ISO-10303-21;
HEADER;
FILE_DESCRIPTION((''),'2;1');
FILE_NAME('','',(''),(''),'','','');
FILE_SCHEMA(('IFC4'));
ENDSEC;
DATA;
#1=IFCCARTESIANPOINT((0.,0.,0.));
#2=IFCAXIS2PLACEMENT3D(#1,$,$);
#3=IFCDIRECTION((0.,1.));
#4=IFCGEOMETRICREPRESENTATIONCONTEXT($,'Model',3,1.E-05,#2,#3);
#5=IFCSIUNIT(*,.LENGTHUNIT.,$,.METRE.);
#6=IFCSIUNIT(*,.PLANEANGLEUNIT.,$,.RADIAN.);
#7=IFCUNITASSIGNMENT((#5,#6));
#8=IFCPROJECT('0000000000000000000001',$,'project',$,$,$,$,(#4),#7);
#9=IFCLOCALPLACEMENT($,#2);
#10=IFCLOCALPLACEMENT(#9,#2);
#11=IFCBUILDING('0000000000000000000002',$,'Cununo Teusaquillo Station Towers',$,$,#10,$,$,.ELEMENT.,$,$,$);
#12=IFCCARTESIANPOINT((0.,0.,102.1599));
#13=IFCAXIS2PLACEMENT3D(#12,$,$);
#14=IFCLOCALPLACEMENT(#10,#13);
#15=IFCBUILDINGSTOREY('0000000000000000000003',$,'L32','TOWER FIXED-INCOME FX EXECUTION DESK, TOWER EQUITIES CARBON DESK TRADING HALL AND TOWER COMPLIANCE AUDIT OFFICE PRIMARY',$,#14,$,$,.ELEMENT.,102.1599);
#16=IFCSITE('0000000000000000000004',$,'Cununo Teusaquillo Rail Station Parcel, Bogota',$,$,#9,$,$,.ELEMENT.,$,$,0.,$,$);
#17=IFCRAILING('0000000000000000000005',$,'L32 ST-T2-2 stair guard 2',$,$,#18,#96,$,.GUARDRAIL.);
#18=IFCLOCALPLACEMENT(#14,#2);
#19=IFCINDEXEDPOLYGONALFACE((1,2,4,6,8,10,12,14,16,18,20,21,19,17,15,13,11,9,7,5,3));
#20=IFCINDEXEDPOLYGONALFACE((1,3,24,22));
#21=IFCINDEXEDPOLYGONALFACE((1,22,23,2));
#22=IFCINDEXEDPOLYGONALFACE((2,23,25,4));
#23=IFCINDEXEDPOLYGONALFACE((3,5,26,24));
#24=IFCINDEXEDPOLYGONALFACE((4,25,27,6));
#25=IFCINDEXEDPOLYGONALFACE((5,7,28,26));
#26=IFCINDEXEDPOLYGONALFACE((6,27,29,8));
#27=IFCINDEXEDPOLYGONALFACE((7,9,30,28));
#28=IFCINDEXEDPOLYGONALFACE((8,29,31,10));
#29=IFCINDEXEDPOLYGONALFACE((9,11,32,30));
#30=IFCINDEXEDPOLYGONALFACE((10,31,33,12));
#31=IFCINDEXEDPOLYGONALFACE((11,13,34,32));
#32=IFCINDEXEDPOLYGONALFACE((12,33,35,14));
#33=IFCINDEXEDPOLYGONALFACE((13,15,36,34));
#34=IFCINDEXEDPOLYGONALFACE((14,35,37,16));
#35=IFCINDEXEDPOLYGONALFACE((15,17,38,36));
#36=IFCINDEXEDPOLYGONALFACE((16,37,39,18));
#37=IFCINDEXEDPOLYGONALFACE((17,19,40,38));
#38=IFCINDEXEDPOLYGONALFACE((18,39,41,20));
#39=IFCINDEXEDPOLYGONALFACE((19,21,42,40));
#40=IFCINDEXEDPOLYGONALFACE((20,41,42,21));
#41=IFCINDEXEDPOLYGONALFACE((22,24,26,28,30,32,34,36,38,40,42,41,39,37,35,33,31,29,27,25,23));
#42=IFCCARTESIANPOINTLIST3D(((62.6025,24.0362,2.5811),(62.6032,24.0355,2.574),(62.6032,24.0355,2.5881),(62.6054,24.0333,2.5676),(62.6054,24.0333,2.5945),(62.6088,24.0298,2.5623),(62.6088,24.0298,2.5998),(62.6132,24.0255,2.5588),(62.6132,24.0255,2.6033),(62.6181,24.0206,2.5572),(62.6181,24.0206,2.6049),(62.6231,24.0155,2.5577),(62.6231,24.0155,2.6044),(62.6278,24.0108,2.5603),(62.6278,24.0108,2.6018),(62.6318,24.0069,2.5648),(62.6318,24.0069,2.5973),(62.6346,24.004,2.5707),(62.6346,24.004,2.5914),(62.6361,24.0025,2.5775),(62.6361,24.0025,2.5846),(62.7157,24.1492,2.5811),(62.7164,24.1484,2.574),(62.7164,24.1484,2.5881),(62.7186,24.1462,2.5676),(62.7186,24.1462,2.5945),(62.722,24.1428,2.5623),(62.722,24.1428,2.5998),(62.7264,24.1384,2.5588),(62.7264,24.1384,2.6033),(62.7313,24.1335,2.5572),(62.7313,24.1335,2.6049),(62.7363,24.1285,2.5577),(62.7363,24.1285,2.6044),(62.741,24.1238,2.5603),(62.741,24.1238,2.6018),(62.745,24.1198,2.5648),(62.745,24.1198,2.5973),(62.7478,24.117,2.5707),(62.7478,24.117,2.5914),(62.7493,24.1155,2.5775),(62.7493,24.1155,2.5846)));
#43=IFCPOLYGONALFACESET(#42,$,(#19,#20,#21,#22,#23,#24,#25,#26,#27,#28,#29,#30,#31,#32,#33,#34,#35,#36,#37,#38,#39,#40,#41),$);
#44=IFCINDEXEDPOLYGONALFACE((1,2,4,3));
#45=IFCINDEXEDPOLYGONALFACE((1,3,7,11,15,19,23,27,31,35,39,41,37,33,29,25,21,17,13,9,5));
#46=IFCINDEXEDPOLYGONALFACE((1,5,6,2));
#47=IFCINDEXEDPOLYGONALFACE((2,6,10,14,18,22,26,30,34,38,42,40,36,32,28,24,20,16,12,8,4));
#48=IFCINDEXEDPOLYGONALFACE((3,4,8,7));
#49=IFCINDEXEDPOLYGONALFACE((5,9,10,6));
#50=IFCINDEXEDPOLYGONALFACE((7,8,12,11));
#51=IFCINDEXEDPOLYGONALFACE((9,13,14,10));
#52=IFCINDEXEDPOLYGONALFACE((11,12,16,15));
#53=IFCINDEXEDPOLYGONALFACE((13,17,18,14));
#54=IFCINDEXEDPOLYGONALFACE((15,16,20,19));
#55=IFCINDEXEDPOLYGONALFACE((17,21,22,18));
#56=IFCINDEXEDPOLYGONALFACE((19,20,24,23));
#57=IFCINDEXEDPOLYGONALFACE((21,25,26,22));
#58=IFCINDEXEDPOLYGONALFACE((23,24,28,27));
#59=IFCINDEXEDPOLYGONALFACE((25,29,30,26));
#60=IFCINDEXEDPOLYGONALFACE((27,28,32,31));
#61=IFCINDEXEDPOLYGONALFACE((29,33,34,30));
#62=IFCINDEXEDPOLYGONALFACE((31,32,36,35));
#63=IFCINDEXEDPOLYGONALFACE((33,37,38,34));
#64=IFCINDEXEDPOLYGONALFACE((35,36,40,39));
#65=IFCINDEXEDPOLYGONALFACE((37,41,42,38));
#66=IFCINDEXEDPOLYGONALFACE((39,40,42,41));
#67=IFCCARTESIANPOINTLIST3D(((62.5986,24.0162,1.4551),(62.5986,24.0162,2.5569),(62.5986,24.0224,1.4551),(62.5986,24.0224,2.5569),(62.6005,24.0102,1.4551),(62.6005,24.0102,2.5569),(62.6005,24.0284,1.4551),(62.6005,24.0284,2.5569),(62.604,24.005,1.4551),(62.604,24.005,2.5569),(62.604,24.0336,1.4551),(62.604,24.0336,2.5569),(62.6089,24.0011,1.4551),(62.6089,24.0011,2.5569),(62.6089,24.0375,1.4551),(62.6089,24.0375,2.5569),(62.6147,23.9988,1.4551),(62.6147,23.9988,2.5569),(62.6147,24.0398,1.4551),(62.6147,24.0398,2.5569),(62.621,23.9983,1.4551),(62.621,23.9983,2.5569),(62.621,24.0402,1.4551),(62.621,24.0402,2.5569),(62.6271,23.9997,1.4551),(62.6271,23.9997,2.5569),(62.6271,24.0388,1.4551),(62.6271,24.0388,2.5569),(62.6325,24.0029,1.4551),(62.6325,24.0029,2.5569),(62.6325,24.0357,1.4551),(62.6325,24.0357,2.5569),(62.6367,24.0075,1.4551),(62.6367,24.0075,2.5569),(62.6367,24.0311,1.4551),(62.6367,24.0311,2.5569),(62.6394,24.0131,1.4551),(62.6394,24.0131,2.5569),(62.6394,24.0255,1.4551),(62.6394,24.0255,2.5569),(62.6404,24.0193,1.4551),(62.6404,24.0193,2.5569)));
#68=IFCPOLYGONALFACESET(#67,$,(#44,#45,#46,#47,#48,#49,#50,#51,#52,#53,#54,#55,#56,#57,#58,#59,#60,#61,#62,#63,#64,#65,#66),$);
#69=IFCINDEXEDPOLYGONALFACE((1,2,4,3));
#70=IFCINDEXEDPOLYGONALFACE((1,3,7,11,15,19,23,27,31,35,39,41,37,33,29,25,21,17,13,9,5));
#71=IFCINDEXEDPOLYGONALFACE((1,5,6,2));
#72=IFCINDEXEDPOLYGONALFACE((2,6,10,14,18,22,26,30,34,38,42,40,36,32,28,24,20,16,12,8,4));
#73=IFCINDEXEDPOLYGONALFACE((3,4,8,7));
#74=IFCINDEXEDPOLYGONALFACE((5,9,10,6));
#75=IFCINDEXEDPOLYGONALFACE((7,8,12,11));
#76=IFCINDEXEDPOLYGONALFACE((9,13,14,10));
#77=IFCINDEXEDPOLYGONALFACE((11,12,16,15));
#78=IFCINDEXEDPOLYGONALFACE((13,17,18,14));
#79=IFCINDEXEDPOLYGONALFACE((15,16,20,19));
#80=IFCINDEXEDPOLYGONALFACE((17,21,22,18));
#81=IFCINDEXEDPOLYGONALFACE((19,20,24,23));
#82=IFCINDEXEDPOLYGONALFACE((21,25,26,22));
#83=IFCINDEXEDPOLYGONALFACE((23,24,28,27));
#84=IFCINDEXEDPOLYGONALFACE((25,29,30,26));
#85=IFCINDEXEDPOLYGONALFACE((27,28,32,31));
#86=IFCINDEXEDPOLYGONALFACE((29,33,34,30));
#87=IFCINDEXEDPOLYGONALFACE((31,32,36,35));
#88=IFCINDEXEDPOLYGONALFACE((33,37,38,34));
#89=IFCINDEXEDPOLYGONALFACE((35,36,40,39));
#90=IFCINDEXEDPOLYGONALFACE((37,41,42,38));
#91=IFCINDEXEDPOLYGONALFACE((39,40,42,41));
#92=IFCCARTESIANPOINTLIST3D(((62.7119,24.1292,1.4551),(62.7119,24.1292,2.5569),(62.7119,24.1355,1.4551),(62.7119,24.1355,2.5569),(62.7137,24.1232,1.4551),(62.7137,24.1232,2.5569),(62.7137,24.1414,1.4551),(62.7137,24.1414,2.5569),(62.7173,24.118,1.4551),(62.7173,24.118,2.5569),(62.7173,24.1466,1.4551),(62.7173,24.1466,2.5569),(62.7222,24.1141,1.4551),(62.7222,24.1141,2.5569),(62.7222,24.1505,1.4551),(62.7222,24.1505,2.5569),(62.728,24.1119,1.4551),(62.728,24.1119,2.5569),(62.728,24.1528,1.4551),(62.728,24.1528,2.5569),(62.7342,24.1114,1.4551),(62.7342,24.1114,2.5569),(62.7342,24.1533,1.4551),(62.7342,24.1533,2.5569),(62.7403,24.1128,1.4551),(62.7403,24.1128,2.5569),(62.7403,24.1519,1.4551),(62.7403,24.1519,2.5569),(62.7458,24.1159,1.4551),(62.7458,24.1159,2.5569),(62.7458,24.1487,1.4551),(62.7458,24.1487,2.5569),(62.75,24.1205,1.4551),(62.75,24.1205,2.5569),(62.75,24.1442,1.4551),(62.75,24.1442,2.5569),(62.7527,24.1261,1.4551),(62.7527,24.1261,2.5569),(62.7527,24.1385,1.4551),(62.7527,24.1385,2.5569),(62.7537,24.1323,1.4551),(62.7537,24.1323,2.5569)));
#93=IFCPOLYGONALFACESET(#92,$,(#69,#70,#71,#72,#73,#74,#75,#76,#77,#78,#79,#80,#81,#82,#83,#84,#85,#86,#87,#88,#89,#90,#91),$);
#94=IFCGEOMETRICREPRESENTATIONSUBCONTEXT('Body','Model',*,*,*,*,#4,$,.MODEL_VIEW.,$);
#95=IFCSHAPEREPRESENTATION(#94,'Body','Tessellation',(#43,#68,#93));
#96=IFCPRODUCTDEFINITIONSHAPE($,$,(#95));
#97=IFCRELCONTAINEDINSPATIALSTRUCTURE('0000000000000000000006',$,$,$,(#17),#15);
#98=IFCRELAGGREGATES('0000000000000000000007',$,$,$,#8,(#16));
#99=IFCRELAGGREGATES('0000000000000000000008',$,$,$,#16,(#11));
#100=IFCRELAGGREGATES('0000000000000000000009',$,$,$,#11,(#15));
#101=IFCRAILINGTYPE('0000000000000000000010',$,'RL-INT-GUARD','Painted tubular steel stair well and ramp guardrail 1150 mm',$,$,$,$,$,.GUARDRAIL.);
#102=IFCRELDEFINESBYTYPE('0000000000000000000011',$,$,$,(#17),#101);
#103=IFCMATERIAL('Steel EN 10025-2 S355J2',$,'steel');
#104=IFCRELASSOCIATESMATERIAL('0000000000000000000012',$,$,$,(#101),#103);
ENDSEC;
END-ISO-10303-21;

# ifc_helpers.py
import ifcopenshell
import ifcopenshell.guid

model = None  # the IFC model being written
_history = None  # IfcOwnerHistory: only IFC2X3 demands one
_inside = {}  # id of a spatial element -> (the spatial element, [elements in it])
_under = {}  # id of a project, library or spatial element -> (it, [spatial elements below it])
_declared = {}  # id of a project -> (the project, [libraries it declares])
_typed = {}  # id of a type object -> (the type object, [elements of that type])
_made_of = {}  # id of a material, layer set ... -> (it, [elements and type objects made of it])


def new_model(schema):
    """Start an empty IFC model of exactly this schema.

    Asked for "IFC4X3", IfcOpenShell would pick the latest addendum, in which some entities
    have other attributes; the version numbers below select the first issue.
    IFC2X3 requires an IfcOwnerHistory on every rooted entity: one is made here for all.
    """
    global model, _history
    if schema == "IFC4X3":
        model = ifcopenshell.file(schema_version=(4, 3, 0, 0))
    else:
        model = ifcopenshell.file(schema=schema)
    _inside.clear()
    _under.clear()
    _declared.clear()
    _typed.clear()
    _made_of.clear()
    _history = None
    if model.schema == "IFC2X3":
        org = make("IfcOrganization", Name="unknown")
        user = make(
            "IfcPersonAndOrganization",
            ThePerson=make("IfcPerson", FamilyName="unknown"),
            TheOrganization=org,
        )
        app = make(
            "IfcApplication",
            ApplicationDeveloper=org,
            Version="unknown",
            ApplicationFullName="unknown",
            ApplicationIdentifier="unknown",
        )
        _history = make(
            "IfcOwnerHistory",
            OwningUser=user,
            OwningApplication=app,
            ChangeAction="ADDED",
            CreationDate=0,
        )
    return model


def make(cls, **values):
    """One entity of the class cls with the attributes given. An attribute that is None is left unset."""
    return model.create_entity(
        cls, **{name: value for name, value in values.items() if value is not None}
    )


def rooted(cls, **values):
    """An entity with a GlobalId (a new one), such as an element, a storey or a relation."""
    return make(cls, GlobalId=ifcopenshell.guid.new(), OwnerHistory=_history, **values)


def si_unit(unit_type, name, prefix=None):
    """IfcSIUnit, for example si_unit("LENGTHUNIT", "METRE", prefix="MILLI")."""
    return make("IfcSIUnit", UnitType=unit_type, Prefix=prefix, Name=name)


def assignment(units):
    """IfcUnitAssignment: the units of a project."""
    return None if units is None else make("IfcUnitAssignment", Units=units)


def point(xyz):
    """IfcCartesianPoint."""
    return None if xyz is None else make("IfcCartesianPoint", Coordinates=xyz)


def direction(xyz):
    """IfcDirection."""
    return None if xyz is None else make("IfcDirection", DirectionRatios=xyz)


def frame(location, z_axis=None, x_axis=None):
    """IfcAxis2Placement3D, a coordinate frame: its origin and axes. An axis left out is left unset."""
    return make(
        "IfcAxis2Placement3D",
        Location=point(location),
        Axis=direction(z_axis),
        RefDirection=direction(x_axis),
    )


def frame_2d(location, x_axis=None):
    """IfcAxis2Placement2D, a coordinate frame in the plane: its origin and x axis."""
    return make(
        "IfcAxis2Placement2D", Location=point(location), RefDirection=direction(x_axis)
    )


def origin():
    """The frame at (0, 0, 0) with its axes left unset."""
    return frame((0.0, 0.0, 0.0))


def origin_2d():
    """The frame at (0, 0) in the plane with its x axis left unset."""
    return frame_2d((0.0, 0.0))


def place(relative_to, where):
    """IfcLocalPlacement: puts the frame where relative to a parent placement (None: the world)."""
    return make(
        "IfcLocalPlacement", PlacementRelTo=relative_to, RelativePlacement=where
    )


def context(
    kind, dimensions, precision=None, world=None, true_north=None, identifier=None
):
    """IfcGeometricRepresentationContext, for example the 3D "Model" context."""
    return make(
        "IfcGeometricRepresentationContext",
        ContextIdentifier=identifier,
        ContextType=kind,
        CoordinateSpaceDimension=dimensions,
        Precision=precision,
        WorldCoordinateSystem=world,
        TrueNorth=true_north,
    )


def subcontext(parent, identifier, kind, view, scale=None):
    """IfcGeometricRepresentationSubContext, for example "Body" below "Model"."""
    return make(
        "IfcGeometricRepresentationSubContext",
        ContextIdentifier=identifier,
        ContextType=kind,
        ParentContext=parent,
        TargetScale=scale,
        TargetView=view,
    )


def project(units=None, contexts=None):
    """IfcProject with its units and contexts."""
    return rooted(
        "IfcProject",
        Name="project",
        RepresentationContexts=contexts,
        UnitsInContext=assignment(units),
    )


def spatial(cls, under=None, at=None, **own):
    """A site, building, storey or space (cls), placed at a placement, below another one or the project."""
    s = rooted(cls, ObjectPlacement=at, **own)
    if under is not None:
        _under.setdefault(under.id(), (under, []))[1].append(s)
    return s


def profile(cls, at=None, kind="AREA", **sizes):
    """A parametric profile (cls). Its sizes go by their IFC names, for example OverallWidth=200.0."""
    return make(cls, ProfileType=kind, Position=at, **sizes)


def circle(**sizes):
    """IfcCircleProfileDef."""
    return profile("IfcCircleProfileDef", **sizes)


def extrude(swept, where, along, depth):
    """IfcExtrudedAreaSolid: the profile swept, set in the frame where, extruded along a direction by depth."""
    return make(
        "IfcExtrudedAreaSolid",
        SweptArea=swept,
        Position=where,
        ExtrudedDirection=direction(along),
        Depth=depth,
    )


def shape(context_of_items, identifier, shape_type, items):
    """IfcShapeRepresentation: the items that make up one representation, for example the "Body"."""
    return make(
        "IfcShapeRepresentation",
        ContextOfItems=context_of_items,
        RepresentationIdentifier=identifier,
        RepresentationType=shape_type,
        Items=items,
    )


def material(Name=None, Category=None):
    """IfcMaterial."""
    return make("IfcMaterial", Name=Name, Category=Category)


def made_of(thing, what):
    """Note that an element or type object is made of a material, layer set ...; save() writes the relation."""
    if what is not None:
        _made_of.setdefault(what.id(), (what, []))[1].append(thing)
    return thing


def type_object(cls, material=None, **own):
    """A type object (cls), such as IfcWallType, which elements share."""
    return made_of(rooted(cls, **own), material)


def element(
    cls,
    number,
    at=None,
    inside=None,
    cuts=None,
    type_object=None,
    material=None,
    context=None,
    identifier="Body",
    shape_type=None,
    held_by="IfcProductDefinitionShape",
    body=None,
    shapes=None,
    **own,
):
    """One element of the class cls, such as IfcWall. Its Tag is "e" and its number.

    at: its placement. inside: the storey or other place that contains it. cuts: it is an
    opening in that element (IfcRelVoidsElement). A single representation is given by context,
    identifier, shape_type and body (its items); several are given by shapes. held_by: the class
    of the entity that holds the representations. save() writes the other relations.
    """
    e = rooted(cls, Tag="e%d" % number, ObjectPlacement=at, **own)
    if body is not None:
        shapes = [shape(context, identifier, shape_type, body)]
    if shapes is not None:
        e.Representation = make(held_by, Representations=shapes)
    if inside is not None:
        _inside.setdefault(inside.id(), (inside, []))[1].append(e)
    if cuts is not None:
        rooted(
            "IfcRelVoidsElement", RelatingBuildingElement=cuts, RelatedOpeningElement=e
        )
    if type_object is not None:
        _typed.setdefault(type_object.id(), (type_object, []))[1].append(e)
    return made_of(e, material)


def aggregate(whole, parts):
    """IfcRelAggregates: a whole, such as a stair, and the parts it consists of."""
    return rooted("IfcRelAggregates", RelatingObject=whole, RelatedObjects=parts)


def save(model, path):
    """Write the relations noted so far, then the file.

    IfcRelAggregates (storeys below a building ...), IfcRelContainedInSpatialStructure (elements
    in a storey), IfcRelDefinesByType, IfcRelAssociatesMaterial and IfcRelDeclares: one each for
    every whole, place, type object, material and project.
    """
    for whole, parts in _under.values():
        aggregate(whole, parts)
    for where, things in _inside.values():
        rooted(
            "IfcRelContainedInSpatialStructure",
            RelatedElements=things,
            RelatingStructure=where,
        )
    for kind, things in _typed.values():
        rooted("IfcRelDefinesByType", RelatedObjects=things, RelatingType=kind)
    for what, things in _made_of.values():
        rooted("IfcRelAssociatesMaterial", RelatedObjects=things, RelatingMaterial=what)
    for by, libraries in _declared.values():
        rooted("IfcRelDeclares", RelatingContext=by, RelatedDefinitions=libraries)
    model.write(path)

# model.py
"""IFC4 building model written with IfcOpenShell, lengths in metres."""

from ifc_helpers import new_model, si_unit, direction, frame, origin, origin_2d, place, context, subcontext, project, spatial, circle, extrude, material, type_object, element, save


model = new_model("IFC4")

# Units and contexts
model_context = context("Model", 3, precision=1e-05, world=origin(), true_north=direction((0.0, 1.0)))
body_context = subcontext(model_context, "Body", "Model", "MODEL_VIEW")
ifc_project = project(units=[si_unit("LENGTHUNIT", "METRE"), si_unit("PLANEANGLEUNIT", "RADIAN")], contexts=[model_context])

# Site, building, storey
site_placement = place(None, origin())
site = spatial("IfcSite", under=ifc_project, at=site_placement, Name="Cununo Teusaquillo Rail Station Parcel, Bogota", CompositionType="ELEMENT", RefElevation=0.0)
building_placement = place(site_placement, origin())
building = spatial("IfcBuilding", under=site, at=building_placement, Name="Cununo Teusaquillo Station Towers", CompositionType="ELEMENT")
storey_placement = place(building_placement, frame((0.0, 0.0, 102.1599)))
storey = spatial("IfcBuildingStorey", under=building, at=storey_placement, Name="L32", Description="TOWER FIXED-INCOME FX EXECUTION DESK, TOWER EQUITIES CARBON DESK TRADING HALL AND TOWER COMPLIANCE AUDIT OFFICE PRIMARY", CompositionType="ELEMENT", Elevation=102.1599)

# Railing
ifc_material_1 = material(Name="Steel EN 10025-2 S355J2", Category="steel")
railing_type_1 = type_object("IfcRailingType", Name="RL-INT-GUARD", Description="Painted tubular steel stair well and ramp guardrail 1150 mm", PredefinedType="GUARDRAIL", material=ifc_material_1)
railing_1_placement = place(storey_placement, frame((62.6194, 24.0193, 1.4551)))
element("IfcRailing", 1, at=railing_1_placement, inside=storey, type_object=railing_type_1, Name="L32 ST-T2-2 stair guard 2", PredefinedType="GUARDRAIL", context=body_context, shape_type="SweptSolid", body=[
    extrude(circle(Radius=0.0239, at=origin_2d()), frame((0.0, 0.0, 1.126), z_axis=(0.707869, 0.706344, 0.0), x_axis=(-0.706344, 0.707869, 0.0)), (0.0, 0.0, 1.0), 0.1599),
    extrude(circle(Radius=0.021, at=origin_2d()), origin(), (0.0, 0.0, 1.0), 1.1018),
    extrude(circle(Radius=0.021, at=origin_2d()), frame((0.1133, 0.113, 0.0)), (0.0, 0.0, 1.0), 1.1018),
])

save(model, "model.ifc")
